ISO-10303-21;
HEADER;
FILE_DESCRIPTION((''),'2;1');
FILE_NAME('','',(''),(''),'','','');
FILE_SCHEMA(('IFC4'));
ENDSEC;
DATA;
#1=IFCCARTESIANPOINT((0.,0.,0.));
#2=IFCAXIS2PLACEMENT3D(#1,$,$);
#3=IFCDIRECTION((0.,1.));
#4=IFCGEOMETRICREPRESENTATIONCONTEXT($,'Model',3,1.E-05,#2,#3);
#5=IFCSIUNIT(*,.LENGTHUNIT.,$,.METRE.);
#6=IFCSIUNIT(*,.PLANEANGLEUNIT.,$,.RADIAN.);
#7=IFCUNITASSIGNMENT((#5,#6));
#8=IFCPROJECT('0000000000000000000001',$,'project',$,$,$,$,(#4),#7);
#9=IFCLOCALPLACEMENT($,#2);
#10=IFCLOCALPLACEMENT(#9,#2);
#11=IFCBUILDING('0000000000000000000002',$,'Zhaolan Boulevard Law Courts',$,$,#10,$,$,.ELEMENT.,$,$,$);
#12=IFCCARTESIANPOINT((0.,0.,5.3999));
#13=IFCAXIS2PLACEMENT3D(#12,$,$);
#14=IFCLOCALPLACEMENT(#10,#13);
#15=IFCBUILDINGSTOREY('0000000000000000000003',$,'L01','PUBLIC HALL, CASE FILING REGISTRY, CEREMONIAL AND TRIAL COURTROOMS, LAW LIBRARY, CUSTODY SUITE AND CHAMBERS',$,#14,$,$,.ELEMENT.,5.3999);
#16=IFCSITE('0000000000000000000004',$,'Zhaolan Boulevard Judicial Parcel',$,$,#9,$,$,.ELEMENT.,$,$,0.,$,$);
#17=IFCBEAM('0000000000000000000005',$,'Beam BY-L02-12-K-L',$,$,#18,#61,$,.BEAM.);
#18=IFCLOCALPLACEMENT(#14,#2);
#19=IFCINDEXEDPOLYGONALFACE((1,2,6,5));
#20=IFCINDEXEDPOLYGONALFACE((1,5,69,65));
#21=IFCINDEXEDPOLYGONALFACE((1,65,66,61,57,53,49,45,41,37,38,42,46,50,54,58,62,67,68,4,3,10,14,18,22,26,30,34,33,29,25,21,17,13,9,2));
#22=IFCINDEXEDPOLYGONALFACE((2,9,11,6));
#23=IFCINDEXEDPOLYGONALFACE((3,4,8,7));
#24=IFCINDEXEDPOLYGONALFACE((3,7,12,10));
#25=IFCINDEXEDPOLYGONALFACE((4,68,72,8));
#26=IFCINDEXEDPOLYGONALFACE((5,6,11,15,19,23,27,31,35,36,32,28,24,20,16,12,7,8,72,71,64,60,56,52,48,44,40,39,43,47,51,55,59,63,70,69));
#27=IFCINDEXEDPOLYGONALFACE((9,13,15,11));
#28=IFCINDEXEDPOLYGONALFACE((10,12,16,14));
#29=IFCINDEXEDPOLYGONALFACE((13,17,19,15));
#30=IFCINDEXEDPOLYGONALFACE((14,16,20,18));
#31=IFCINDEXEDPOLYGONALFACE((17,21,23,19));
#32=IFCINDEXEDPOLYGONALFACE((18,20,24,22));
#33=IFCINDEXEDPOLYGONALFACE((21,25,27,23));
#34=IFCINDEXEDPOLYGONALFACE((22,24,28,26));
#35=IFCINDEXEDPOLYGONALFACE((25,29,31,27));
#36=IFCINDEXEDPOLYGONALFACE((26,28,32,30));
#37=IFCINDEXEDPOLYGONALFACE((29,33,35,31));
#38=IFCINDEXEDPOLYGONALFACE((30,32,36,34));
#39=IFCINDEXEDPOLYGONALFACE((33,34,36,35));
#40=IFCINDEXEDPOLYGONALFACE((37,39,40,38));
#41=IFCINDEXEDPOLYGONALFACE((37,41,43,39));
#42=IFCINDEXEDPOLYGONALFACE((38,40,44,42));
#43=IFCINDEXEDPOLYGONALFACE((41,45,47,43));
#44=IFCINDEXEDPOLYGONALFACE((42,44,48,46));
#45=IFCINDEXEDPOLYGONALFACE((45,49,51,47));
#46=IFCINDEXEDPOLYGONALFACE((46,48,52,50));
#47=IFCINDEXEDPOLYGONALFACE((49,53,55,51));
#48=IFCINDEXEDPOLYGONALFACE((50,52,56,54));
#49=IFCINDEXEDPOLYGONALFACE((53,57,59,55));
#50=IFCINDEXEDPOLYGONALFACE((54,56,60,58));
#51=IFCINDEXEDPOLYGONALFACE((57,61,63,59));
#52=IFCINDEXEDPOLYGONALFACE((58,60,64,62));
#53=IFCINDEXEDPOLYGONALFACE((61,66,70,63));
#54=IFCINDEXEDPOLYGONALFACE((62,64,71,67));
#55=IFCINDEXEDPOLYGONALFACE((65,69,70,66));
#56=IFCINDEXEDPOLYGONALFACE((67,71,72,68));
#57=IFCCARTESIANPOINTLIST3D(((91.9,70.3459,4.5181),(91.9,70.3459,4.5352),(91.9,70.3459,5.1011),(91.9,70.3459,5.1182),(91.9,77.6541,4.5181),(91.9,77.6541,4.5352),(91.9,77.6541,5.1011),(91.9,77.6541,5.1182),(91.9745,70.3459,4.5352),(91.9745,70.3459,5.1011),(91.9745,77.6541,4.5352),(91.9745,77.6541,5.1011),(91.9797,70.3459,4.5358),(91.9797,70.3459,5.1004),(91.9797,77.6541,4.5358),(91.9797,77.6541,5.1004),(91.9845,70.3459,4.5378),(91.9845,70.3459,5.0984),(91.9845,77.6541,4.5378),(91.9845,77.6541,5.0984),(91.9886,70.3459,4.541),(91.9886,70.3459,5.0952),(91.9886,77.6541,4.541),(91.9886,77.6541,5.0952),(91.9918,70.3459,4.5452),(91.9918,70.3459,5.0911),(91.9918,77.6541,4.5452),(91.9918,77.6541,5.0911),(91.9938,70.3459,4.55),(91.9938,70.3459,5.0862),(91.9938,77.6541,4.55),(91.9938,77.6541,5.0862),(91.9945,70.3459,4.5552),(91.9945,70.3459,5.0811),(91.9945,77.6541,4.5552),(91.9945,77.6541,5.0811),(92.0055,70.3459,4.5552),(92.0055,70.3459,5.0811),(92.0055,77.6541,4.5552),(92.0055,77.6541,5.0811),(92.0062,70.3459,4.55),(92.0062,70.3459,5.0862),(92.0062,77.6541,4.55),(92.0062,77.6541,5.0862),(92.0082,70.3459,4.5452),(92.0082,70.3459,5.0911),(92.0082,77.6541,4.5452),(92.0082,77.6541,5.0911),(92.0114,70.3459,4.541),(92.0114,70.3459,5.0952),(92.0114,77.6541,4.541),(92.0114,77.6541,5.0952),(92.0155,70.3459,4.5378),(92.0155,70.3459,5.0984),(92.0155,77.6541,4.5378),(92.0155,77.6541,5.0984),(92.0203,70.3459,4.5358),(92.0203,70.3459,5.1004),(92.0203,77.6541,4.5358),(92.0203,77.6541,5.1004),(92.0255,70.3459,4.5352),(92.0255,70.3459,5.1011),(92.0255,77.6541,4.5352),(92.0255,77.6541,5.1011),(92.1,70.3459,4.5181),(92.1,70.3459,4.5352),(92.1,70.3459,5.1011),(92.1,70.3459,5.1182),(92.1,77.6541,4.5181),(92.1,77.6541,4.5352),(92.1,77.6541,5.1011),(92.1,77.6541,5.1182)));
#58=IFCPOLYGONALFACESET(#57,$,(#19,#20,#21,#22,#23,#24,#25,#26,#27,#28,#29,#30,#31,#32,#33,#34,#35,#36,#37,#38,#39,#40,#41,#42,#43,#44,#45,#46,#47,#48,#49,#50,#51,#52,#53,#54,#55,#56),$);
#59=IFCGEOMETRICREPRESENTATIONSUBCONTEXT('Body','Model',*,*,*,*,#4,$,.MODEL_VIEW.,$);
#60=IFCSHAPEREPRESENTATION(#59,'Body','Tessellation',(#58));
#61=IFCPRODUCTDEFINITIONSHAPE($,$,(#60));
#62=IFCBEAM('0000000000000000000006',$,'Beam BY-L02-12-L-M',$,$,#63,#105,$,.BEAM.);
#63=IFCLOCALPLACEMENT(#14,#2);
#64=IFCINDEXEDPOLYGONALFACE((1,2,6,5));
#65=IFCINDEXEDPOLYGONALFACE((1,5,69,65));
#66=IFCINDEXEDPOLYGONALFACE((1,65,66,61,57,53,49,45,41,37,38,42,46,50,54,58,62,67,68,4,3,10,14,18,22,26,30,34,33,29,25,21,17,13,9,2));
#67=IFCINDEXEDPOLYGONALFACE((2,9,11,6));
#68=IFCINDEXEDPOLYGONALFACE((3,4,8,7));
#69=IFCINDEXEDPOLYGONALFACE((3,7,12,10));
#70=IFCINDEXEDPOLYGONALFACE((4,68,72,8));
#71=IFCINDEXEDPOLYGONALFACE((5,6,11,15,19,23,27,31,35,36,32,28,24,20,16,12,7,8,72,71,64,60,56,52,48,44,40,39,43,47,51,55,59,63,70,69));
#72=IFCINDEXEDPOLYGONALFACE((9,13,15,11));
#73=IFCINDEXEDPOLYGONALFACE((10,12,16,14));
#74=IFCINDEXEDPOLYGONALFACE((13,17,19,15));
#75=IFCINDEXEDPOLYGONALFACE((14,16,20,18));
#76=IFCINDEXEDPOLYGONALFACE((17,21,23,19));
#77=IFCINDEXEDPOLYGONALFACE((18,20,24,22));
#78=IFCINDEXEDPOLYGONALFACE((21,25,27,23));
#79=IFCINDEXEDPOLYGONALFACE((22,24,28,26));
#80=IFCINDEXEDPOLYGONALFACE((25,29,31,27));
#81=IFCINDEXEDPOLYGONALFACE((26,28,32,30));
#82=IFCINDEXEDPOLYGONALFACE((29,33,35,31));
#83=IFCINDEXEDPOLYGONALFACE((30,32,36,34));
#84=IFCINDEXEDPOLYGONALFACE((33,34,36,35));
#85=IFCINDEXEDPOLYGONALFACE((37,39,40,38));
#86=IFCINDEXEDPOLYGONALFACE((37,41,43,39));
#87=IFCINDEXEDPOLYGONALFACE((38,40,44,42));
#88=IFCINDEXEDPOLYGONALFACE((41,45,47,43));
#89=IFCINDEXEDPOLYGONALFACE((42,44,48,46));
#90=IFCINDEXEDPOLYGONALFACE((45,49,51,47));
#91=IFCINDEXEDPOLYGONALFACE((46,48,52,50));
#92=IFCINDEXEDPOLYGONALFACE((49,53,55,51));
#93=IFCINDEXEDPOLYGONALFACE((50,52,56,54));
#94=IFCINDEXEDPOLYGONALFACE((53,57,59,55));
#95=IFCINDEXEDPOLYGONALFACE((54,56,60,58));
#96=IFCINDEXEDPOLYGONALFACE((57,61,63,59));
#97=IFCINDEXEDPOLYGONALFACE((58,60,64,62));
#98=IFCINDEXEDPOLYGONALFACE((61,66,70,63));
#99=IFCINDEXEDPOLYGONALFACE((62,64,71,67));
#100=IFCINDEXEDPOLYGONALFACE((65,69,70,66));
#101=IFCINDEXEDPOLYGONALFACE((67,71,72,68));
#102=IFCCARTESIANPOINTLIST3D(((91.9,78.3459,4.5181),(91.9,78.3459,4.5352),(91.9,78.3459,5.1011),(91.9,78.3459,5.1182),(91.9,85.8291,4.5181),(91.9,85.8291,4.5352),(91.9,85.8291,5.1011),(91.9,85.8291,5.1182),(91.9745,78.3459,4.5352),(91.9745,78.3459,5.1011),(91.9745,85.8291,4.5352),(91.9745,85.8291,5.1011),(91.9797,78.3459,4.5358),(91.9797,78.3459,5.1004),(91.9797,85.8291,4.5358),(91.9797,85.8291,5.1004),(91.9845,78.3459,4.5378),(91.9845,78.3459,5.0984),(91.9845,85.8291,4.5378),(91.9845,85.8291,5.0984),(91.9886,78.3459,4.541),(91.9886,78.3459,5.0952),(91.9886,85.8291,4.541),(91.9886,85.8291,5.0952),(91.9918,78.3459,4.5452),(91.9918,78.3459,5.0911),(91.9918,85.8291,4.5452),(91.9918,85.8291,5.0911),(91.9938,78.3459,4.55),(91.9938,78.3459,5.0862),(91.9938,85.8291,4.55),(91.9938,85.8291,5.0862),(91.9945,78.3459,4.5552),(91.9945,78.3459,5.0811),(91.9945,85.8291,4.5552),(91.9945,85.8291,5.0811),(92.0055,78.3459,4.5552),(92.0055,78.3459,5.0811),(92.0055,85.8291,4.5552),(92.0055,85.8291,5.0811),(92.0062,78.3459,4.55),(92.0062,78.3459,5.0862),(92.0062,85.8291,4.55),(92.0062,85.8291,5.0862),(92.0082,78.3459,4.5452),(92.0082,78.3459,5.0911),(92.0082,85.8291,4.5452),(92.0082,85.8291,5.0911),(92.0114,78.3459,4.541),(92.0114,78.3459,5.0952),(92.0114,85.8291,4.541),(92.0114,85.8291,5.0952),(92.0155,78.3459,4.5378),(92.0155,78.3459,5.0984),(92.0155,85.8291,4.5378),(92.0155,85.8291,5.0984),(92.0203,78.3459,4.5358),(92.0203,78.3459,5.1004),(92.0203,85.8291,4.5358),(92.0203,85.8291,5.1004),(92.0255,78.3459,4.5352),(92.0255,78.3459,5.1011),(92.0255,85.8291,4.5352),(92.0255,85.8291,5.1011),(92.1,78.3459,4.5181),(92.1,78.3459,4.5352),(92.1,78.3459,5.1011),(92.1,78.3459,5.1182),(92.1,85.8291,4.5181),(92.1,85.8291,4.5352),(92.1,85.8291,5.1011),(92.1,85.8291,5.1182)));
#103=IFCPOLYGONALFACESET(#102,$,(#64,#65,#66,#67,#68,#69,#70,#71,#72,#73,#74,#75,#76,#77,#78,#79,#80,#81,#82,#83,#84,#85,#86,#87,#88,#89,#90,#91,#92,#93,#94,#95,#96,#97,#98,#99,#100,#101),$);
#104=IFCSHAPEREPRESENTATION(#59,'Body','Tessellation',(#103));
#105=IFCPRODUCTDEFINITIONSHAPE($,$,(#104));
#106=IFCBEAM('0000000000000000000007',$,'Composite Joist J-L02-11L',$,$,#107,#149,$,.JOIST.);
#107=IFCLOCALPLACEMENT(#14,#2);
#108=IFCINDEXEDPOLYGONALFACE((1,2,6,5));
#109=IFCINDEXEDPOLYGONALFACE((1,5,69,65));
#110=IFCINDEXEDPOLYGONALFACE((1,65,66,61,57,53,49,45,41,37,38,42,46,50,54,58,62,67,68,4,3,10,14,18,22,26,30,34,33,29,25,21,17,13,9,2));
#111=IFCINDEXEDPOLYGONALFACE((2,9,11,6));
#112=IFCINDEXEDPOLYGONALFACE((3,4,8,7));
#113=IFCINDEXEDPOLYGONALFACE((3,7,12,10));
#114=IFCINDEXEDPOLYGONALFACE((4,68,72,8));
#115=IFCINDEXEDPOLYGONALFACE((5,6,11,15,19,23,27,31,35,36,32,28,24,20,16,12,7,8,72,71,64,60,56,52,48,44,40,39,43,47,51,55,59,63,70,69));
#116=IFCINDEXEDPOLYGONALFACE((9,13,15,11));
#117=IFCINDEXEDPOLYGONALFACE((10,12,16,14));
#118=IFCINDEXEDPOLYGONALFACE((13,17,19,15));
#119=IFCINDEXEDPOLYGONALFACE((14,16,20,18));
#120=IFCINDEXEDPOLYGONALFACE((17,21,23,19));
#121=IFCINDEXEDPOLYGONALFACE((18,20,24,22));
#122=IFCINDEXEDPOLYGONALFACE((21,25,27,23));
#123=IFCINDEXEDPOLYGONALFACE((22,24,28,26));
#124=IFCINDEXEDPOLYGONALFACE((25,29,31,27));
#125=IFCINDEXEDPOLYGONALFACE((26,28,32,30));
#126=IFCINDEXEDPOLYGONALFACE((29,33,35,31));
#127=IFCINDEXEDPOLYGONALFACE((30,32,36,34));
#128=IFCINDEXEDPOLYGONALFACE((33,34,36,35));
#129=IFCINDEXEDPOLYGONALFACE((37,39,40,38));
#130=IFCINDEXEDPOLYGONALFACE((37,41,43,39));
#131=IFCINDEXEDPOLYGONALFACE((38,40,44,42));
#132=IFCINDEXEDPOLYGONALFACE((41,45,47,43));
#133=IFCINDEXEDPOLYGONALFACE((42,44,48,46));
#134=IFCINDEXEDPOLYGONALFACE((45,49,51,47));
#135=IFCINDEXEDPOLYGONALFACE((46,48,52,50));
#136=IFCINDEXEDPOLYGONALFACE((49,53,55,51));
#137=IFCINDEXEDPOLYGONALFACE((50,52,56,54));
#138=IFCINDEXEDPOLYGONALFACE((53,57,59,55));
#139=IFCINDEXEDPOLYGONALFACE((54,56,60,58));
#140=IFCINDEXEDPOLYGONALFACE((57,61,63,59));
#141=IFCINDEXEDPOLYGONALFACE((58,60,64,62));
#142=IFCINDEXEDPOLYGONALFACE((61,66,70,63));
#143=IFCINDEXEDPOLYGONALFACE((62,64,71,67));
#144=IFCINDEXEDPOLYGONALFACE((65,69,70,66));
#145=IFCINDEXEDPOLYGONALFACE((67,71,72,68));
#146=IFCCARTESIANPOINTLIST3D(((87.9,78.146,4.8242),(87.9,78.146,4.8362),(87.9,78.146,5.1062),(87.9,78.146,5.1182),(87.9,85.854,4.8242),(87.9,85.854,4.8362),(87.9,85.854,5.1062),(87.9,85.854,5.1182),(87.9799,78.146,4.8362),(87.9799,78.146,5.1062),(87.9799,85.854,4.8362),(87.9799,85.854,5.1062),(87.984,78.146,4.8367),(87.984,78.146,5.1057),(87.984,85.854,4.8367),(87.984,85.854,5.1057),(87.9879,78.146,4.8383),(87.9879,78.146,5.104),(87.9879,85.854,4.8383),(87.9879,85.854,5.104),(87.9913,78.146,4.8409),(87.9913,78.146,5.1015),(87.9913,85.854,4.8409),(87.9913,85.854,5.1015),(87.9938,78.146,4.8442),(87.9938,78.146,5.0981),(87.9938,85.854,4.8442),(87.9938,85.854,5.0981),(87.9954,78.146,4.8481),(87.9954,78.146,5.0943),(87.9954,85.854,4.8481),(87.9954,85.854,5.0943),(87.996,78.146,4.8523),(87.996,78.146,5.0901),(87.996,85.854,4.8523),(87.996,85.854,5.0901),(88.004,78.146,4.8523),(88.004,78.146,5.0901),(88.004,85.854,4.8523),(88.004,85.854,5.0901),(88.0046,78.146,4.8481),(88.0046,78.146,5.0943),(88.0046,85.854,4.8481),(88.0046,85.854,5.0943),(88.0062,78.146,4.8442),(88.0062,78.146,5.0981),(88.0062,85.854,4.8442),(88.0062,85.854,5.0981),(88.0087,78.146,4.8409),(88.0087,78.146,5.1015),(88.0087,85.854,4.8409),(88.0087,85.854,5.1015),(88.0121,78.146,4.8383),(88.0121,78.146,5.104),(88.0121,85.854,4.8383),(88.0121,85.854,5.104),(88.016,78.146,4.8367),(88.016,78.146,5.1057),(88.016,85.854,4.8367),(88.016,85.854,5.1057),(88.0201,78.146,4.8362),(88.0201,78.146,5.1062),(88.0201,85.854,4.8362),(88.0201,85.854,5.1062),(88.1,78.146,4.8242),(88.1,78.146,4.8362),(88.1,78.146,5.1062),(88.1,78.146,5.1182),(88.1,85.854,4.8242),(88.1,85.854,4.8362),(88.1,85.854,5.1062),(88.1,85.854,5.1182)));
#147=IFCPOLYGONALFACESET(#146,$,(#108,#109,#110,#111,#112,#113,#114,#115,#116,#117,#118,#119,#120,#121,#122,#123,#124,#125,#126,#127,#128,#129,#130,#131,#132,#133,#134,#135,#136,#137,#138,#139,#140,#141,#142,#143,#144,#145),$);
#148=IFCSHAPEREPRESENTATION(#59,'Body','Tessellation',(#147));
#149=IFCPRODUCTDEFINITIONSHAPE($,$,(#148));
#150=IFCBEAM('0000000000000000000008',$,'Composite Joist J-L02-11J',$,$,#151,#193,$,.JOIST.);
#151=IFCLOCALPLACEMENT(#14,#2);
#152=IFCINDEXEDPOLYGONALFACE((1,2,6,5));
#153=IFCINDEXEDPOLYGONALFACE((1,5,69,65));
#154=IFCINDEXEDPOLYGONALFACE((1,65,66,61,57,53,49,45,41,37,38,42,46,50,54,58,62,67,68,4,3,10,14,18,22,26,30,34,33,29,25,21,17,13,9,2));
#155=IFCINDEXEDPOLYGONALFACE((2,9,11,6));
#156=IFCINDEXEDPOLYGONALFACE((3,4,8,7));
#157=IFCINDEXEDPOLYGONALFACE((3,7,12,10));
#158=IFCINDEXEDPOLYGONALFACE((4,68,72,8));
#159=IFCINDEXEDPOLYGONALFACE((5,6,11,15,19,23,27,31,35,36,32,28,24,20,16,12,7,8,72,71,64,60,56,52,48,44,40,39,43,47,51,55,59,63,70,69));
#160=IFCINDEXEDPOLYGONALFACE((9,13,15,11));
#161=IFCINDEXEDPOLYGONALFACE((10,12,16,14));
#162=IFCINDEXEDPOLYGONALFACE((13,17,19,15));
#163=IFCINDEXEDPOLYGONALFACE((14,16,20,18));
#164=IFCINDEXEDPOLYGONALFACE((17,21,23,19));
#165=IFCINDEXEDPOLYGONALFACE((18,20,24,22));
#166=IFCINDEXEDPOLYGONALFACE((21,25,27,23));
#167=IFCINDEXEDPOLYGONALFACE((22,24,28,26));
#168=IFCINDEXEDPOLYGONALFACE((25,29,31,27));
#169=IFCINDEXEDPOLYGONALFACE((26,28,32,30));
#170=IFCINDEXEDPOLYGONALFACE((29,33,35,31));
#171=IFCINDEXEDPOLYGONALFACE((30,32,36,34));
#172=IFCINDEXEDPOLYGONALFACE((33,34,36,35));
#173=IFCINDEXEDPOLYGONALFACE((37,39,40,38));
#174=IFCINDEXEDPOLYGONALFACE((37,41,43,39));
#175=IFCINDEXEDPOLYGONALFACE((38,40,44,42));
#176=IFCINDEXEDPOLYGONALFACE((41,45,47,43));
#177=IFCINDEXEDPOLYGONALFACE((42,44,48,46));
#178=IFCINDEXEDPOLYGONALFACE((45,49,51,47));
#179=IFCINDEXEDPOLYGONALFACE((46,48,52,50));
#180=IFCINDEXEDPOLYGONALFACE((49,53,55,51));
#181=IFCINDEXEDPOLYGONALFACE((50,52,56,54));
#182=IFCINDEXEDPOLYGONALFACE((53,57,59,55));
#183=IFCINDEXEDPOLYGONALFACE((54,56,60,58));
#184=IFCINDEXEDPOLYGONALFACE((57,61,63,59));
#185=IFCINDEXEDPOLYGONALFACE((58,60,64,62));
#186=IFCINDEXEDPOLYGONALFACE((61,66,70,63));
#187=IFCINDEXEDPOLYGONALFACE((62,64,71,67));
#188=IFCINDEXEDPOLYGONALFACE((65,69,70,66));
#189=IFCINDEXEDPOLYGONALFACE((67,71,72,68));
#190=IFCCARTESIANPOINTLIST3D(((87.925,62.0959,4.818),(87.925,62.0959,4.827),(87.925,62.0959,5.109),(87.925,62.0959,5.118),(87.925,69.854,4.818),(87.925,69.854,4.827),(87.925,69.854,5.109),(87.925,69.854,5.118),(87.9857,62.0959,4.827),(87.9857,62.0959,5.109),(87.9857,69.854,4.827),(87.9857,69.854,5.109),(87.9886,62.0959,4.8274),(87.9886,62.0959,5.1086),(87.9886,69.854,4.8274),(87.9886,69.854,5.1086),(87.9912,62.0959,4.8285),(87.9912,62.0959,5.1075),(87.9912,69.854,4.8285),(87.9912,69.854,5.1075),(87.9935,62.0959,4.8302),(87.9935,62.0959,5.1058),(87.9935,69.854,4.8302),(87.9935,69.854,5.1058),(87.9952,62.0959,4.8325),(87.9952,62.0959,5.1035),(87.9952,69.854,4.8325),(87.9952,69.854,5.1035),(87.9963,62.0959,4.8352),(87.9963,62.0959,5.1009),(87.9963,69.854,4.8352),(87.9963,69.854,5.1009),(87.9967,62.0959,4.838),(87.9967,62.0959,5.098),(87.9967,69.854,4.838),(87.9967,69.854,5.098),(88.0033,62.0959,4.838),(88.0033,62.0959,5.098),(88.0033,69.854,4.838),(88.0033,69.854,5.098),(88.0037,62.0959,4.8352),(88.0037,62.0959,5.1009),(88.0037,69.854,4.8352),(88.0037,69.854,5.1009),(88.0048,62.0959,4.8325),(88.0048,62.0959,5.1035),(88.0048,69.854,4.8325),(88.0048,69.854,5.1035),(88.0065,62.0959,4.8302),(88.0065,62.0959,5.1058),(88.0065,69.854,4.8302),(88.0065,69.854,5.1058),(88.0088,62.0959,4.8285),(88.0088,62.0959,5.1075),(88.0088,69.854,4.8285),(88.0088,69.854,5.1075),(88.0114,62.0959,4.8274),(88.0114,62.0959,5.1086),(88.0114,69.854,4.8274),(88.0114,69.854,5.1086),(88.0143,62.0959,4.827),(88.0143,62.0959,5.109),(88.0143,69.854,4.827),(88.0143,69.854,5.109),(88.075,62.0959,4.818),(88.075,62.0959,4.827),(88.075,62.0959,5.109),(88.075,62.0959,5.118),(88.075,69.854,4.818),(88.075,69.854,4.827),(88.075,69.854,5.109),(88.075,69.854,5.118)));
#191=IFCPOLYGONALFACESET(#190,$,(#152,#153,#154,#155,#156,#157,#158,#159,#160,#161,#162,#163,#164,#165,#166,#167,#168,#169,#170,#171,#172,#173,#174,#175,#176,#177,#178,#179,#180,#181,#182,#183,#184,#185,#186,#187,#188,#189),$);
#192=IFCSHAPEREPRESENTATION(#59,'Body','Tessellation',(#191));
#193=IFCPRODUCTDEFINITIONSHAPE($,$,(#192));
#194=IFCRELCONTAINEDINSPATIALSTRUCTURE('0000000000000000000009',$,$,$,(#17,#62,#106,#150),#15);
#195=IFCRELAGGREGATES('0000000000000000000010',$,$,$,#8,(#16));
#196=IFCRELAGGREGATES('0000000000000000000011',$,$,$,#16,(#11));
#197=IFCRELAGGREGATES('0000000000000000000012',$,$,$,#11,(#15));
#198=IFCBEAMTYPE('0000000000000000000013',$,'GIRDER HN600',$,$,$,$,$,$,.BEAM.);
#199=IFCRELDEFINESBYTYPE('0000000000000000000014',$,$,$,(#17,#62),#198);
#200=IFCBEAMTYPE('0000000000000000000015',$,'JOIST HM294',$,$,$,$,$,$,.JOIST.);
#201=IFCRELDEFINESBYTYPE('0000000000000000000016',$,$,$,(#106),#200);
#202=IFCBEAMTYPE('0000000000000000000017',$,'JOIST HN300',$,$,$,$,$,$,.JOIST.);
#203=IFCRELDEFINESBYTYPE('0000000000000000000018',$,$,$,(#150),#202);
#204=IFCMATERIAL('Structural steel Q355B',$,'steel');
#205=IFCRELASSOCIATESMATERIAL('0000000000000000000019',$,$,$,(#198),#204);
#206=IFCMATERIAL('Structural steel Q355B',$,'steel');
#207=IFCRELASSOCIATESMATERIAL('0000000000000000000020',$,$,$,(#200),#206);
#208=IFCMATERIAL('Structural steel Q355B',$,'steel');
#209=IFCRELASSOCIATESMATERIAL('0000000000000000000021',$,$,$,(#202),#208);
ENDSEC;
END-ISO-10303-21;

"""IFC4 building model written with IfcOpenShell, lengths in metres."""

from ifc_helpers import new_model, si_unit, direction, frame, origin, origin_2d, place, context, subcontext, project, spatial, i_section, extrude, material, material_profile, profile_set, type_object, element, save


model = new_model("IFC4")

# Units and contexts
model_context = context("Model", 3, precision=1e-05, world=origin(), true_north=direction((0.0, 1.0)))
body_context = subcontext(model_context, "Body", "Model", "MODEL_VIEW")
ifc_project = project(units=[si_unit("LENGTHUNIT", "METRE"), si_unit("PLANEANGLEUNIT", "RADIAN")], contexts=[model_context])

# Site, building, storey
site_placement = place(None, origin())
site = spatial("IfcSite", under=ifc_project, at=site_placement, Name="Zhaolan Boulevard Judicial Parcel", CompositionType="ELEMENT", RefElevation=0.0)
building_placement = place(site_placement, origin())
building = spatial("IfcBuilding", under=site, at=building_placement, Name="Zhaolan Boulevard Law Courts", CompositionType="ELEMENT")
storey_placement = place(building_placement, frame((0.0, 0.0, 5.3999)))
storey = spatial("IfcBuildingStorey", under=building, at=storey_placement, Name="L01", Description="PUBLIC HALL, CASE FILING REGISTRY, CEREMONIAL AND TRIAL COURTROOMS, LAW LIBRARY, CUSTODY SUITE AND CHAMBERS", CompositionType="ELEMENT", Elevation=5.3999)

# Beams
ifc_material_1 = material(Name="Structural steel Q355B", Category="steel")
ifc_material_profile_1 = material_profile(ifc_material_1, i_section(OverallWidth=0.2, OverallDepth=0.6001, WebThickness=0.011, FlangeThickness=0.0171, FilletRadius=0.02, at=origin_2d()), Name="HN600x200")
ifc_profile_set_1 = profile_set([ifc_material_profile_1], Name="Structural steel Q355B")
beam_type_1 = type_object("IfcBeamType", Name="GIRDER HN600", PredefinedType="BEAM", material=ifc_profile_set_1)
beam_1_placement = place(storey_placement, frame((92.0, 70.3459, 4.8181), z_axis=(0.0, 1.0, 0.0), x_axis=(-1.0, 0.0, 0.0)))
element("IfcBeam", 1, at=beam_1_placement, inside=storey, type_object=beam_type_1, Name="Beam BY-L02-12-K-L", PredefinedType="BEAM", context=body_context, shape_type="SweptSolid", body=[
    extrude(i_section(OverallWidth=0.2, OverallDepth=0.6001, WebThickness=0.011, FlangeThickness=0.0171, FilletRadius=0.02, at=origin_2d()), origin(), (0.0, 0.0, 1.0), 7.3081),
])
beam_2_placement = place(storey_placement, frame((92.0, 78.3459, 4.8181), z_axis=(0.0, 1.0, 0.0), x_axis=(-1.0, 0.0, 0.0)))
element("IfcBeam", 2, at=beam_2_placement, inside=storey, type_object=beam_type_1, Name="Beam BY-L02-12-L-M", PredefinedType="BEAM", context=body_context, shape_type="SweptSolid", body=[
    extrude(i_section(OverallWidth=0.2, OverallDepth=0.6001, WebThickness=0.011, FlangeThickness=0.0171, FilletRadius=0.02, at=origin_2d()), origin(), (0.0, 0.0, 1.0), 7.4832),
])
ifc_material_2 = material(Name="Structural steel Q355B", Category="steel")
ifc_material_profile_2 = material_profile(ifc_material_2, i_section(OverallWidth=0.2, OverallDepth=0.2939, WebThickness=0.0081, FlangeThickness=0.012, FilletRadius=0.0161, at=origin_2d()), Name="HM294x200")
ifc_profile_set_2 = profile_set([ifc_material_profile_2], Name="Structural steel Q355B")
beam_type_2 = type_object("IfcBeamType", Name="JOIST HM294", PredefinedType="JOIST", material=ifc_profile_set_2)
beam_3_placement = place(storey_placement, frame((88.0, 78.146, 4.9712), z_axis=(0.0, 1.0, 0.0), x_axis=(-1.0, 0.0, 0.0)))
element("IfcBeam", 3, at=beam_3_placement, inside=storey, type_object=beam_type_2, Name="Composite Joist J-L02-11L", PredefinedType="JOIST", context=body_context, shape_type="SweptSolid", body=[
    extrude(i_section(OverallWidth=0.2, OverallDepth=0.2939, WebThickness=0.0081, FlangeThickness=0.012, FilletRadius=0.0161, at=origin_2d()), origin(), (0.0, 0.0, 1.0), 7.708),
])
ifc_material_3 = material(Name="Structural steel Q355B", Category="steel")
ifc_material_profile_3 = material_profile(ifc_material_3, i_section(OverallWidth=0.1499, OverallDepth=0.3, WebThickness=0.0066, FlangeThickness=0.009, FilletRadius=0.011, at=origin_2d()), Name="HN300x150")
ifc_profile_set_3 = profile_set([ifc_material_profile_3], Name="Structural steel Q355B")
beam_type_3 = type_object("IfcBeamType", Name="JOIST HN300", PredefinedType="JOIST", material=ifc_profile_set_3)
beam_4_placement = place(storey_placement, frame((88.0, 62.0959, 4.968), z_axis=(0.0, 1.0, 0.0), x_axis=(-1.0, 0.0, 0.0)))
element("IfcBeam", 4, at=beam_4_placement, inside=storey, type_object=beam_type_3, Name="Composite Joist J-L02-11J", PredefinedType="JOIST", context=body_context, shape_type="SweptSolid", body=[
    extrude(i_section(OverallWidth=0.1499, OverallDepth=0.3, WebThickness=0.0066, FlangeThickness=0.009, FilletRadius=0.011, at=origin_2d()), origin(), (0.0, 0.0, 1.0), 7.7581),
])

save(model, "model.ifc")
